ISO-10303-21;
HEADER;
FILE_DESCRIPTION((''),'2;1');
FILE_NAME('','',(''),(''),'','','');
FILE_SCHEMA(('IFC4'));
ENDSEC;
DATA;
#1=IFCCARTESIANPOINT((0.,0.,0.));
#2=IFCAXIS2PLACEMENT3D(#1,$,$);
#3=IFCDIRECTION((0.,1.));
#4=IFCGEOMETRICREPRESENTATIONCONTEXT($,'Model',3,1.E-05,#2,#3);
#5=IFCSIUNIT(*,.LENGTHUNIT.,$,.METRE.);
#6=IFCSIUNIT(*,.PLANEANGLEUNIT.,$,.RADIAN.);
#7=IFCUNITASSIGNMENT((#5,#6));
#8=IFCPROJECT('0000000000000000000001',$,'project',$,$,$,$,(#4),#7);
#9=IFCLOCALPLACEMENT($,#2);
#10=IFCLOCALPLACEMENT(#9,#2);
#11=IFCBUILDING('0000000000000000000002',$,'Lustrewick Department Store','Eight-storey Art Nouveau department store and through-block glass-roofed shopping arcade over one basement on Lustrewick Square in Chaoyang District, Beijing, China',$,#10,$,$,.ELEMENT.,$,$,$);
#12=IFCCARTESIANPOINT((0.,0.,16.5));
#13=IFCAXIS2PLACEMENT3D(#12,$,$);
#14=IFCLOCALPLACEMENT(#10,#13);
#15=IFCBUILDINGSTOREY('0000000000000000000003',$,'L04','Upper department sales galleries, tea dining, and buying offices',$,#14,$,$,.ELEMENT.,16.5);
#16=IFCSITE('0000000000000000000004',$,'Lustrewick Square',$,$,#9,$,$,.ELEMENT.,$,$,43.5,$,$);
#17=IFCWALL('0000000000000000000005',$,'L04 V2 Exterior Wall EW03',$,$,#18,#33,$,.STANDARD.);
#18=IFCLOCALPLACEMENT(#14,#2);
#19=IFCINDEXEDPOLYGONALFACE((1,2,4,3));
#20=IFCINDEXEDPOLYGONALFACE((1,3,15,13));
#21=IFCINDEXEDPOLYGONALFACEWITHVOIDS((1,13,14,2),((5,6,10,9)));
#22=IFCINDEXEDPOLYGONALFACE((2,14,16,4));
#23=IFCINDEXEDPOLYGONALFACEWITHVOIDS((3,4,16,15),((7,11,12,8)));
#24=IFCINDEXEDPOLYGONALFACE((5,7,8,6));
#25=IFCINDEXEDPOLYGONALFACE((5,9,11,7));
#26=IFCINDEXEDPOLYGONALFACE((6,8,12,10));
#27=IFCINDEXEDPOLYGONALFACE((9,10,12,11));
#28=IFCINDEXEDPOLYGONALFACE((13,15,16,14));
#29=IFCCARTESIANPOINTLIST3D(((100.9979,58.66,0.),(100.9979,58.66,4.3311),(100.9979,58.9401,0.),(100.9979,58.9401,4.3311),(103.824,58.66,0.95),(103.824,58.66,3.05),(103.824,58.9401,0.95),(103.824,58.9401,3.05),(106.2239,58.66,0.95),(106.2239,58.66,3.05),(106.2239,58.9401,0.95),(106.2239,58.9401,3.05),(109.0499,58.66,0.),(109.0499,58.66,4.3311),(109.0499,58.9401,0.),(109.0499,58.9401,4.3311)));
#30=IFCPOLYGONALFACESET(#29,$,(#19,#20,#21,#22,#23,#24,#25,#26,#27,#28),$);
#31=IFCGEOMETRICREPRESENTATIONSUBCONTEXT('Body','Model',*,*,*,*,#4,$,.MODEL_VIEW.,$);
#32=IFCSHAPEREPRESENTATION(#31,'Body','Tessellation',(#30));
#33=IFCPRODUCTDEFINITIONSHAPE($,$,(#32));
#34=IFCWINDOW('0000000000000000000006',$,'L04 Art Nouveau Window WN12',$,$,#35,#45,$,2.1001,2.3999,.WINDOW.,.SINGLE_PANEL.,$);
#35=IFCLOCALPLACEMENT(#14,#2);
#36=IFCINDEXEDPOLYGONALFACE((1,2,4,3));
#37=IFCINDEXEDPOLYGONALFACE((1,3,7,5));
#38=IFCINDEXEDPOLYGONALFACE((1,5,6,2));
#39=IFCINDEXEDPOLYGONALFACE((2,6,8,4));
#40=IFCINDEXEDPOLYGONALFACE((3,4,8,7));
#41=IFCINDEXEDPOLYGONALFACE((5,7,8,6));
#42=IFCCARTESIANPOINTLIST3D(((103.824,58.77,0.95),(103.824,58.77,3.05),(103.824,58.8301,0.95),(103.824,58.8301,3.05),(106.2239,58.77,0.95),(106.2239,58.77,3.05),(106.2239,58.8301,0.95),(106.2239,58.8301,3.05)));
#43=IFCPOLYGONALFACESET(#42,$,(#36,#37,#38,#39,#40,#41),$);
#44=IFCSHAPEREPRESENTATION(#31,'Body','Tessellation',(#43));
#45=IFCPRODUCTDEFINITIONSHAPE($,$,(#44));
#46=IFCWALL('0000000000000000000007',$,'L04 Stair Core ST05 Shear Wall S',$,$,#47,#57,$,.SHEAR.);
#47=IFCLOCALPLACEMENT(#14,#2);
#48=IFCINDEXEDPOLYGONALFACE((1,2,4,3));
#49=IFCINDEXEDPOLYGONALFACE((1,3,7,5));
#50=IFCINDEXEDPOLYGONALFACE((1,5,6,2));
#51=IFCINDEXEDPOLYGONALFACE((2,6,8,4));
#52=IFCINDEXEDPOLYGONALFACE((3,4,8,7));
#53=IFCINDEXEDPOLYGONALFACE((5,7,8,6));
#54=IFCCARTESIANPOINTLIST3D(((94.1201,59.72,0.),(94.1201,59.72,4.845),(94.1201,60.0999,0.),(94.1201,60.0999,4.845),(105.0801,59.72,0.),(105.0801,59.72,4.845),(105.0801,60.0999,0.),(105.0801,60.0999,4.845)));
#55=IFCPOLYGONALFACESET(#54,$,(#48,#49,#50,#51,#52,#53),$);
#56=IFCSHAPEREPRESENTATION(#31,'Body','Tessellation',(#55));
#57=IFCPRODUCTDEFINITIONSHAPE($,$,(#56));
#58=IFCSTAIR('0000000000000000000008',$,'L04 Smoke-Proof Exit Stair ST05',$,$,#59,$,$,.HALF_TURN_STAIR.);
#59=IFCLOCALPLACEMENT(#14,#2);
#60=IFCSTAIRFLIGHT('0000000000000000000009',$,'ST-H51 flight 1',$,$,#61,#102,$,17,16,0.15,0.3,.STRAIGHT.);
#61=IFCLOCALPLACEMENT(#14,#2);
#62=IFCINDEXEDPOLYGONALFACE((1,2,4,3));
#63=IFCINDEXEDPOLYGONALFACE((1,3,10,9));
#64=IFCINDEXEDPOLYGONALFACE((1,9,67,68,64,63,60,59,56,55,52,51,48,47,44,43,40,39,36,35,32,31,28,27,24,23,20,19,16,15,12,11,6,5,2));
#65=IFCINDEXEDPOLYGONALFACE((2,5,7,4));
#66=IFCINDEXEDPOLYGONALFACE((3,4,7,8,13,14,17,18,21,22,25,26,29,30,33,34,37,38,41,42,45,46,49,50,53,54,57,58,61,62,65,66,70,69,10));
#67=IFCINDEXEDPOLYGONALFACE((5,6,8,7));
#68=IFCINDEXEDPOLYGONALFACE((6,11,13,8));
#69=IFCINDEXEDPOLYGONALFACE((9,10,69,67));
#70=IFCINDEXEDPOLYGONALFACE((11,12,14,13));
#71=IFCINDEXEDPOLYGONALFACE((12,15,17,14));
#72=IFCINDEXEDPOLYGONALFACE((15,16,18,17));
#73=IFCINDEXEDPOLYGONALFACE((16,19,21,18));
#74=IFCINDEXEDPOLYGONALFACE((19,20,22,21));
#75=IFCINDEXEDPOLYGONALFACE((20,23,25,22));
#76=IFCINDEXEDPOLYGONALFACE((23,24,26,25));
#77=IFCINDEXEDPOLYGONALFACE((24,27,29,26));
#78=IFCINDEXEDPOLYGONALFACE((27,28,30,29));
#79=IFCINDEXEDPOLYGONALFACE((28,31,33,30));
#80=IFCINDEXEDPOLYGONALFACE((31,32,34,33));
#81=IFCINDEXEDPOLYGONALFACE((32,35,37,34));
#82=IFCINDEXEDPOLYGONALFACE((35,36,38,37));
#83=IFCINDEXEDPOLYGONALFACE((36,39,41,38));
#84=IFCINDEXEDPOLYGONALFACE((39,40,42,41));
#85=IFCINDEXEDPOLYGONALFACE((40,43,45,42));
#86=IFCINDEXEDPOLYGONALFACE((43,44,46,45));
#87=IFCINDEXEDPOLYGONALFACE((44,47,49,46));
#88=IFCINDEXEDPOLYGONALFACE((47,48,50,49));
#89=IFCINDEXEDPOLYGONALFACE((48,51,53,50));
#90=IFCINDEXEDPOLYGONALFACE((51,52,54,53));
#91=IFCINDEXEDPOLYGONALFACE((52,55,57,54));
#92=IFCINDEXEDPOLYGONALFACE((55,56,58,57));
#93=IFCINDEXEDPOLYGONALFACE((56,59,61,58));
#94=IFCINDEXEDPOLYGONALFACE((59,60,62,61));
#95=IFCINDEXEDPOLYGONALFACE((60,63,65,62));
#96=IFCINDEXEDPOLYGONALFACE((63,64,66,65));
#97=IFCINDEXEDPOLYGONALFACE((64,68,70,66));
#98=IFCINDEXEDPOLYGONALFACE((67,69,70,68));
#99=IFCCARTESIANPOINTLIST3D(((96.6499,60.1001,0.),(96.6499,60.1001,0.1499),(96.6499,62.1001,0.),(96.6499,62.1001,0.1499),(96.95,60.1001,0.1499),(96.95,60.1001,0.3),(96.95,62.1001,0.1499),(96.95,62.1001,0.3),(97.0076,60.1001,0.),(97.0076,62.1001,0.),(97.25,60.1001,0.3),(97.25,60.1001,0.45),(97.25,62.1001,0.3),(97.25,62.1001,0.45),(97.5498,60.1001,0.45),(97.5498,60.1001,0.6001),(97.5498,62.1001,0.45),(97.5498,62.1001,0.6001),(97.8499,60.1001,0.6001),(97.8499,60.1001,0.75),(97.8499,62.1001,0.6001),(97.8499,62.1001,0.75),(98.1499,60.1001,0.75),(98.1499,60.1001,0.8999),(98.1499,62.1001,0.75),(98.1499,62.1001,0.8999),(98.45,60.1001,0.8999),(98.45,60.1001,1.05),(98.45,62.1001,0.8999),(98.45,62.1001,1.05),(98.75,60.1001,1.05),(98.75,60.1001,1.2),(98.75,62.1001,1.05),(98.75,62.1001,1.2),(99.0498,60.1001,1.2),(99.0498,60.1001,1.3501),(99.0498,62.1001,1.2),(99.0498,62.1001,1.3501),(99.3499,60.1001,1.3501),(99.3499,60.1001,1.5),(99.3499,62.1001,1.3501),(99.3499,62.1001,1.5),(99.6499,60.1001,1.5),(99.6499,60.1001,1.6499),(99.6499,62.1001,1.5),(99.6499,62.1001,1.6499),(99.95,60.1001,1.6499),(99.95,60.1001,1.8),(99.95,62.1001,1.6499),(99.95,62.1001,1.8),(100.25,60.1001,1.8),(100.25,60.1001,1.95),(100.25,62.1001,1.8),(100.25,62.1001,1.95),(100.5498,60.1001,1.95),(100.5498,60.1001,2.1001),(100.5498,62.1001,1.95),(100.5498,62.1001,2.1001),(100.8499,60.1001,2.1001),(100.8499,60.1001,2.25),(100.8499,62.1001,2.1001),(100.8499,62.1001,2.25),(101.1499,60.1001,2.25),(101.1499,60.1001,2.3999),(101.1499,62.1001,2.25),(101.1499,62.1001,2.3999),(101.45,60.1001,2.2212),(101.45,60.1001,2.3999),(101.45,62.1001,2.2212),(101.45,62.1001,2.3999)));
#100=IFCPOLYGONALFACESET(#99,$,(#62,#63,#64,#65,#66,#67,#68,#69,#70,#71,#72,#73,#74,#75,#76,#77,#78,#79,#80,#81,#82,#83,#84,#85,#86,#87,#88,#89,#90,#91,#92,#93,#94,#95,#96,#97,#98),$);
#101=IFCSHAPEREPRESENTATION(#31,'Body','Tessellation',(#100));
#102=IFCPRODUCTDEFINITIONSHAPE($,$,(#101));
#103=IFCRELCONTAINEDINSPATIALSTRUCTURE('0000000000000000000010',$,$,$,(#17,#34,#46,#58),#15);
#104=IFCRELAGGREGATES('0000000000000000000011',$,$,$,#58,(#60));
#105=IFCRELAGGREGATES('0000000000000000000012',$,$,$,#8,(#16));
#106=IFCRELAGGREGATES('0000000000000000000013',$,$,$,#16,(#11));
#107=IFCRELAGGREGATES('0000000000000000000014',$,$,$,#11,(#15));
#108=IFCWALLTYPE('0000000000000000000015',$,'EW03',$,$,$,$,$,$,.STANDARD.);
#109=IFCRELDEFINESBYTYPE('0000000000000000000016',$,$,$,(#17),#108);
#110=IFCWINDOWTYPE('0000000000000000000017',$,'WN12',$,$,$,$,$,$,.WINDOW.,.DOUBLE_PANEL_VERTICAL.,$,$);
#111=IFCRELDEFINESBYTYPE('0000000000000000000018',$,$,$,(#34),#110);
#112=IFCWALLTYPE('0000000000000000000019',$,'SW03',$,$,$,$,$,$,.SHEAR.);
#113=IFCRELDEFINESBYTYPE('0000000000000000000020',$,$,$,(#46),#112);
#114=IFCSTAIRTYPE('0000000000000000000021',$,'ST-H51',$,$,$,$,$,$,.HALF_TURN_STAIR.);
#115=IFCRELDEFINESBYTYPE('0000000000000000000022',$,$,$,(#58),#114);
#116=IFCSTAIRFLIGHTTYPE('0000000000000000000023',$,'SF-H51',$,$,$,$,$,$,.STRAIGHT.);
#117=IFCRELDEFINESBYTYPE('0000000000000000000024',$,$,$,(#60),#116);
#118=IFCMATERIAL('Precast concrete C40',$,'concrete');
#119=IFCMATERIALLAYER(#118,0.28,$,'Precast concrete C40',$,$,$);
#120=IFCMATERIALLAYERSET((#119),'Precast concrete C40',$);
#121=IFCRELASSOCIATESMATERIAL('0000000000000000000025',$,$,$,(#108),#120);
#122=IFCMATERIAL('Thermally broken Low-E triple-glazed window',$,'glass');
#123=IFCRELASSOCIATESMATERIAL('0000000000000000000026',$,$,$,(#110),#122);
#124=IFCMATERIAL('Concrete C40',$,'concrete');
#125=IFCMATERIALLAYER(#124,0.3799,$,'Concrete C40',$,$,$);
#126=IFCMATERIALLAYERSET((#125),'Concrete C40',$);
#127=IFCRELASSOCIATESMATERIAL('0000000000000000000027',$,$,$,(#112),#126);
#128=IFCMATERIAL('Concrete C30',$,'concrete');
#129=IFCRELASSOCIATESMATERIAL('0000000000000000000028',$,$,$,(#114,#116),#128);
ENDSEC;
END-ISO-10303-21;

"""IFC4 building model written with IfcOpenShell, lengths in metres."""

from ifc_helpers import new_model, si_unit, direction, frame, frame_2d, origin, place, context, subcontext, project, spatial, polyline, rectangle, outline, extrude, material, layer, layer_set, type_object, element, fill, aggregate, save


model = new_model("IFC4")

# Units and contexts
model_context = context("Model", 3, precision=1e-05, world=origin(), true_north=direction((0.0, 1.0)))
body_context = subcontext(model_context, "Body", "Model", "MODEL_VIEW")
ifc_project = project(units=[si_unit("LENGTHUNIT", "METRE"), si_unit("PLANEANGLEUNIT", "RADIAN")], contexts=[model_context])

# Site, building, storey
site_placement = place(None, origin())
site = spatial("IfcSite", under=ifc_project, at=site_placement, Name="Lustrewick Square", CompositionType="ELEMENT", RefElevation=43.5)
building_placement = place(site_placement, origin())
building = spatial("IfcBuilding", under=site, at=building_placement, Name="Lustrewick Department Store", Description="Eight-storey Art Nouveau department store and through-block glass-roofed shopping arcade over one basement on Lustrewick Square in Chaoyang District, Beijing, China", CompositionType="ELEMENT")
storey_placement = place(building_placement, frame((0.0, 0.0, 16.5)))
storey = spatial("IfcBuildingStorey", under=building, at=storey_placement, Name="L04", Description="Upper department sales galleries, tea dining, and buying offices", CompositionType="ELEMENT", Elevation=16.5)

# Wall, opening, window
ifc_material_1 = material(Name="Precast concrete C40", Category="concrete")
ifc_layer_1 = layer(ifc_material_1, 0.28, Name="Precast concrete C40")
ifc_layer_set_1 = layer_set([ifc_layer_1], Name="Precast concrete C40")
wall_type_1 = type_object("IfcWallType", Name="EW03", PredefinedType="STANDARD", material=ifc_layer_set_1)
ifc_material_2 = material(Name="Thermally broken Low-E triple-glazed window", Category="glass")
wall_1_placement = place(storey_placement, frame((100.998, 58.8, 0.0), z_axis=(0.0, 0.0, 1.0), x_axis=(1.0, 0.0, 0.0)))
wall_1 = element("IfcWall", 1, at=wall_1_placement, inside=storey, type_object=wall_type_1, Name="L04 V2 Exterior Wall EW03", PredefinedType="STANDARD", context=body_context, shape_type="SweptSolid", body=[
    extrude(rectangle(XDim=8.052, YDim=0.28, at=frame_2d((4.0259, 0.0))), origin(), (0.0, 0.0, 1.0), 4.3311),
])
opening_1_placement = place(wall_1_placement, frame((2.8259, 0.0, 0.95)))
opening_1 = element("IfcOpeningElement", 2, at=opening_1_placement, cuts=wall_1, PredefinedType="OPENING", context=body_context, shape_type="SweptSolid", body=[
    extrude(rectangle(XDim=2.3999, YDim=2.1001, at=frame_2d((1.2, 1.05))), frame((0.0, 0.1499, 0.0), z_axis=(0.0, -1.0, 0.0), x_axis=(1.0, 0.0, 0.0)), (0.0, 0.0, 1.0), 0.3),
])
window_type_1 = type_object("IfcWindowType", Name="WN12", PartitioningType="DOUBLE_PANEL_VERTICAL", PredefinedType="WINDOW", material=ifc_material_2)
window_1_placement = place(opening_1_placement, origin())
window_1 = element("IfcWindow", 3, at=window_1_placement, inside=storey, type_object=window_type_1, Name="L04 Art Nouveau Window WN12", OverallHeight=2.1001, OverallWidth=2.3999, PartitioningType="SINGLE_PANEL", PredefinedType="WINDOW", context=body_context, shape_type="SweptSolid", body=[
    extrude(rectangle(XDim=2.3999, YDim=2.1001, at=frame_2d((1.2, 1.05))), frame((0.0, 0.03, 0.0), z_axis=(0.0, -1.0, 0.0), x_axis=(1.0, 0.0, 0.0)), (0.0, 0.0, 1.0), 0.0601),
])
fill(opening_1, window_1)

# Wall
ifc_material_3 = material(Name="Concrete C40", Category="concrete")
ifc_layer_2 = layer(ifc_material_3, 0.3799, Name="Concrete C40")
ifc_layer_set_2 = layer_set([ifc_layer_2], Name="Concrete C40")
wall_type_2 = type_object("IfcWallType", Name="SW03", PredefinedType="SHEAR", material=ifc_layer_set_2)
wall_2_placement = place(storey_placement, frame((94.1201, 59.9099, 0.0), z_axis=(0.0, 0.0, 1.0), x_axis=(1.0, 0.0, 0.0)))
element("IfcWall", 4, at=wall_2_placement, inside=storey, type_object=wall_type_2, Name="L04 Stair Core ST05 Shear Wall S", PredefinedType="SHEAR", context=body_context, shape_type="SweptSolid", body=[
    extrude(rectangle(XDim=10.96, YDim=0.3799, at=frame_2d((5.48, 0.0))), origin(), (0.0, 0.0, 1.0), 4.845),
])

# Stair, stair flight
ifc_material_4 = material(Name="Concrete C30", Category="concrete")
stair_type = type_object("IfcStairType", Name="ST-H51", PredefinedType="HALF_TURN_STAIR", material=ifc_material_4)
stair_placement = place(storey_placement, origin())
stair = element("IfcStair", 5, at=stair_placement, inside=storey, type_object=stair_type, Name="L04 Smoke-Proof Exit Stair ST05", PredefinedType="HALF_TURN_STAIR")
stair_flight_type = type_object("IfcStairFlightType", Name="SF-H51", PredefinedType="STRAIGHT", material=ifc_material_4)
stair_flight_placement = place(storey_placement, frame((96.6499, 61.1001, 0.0), z_axis=(0.0, 0.0, 1.0), x_axis=(1.0, 0.0, 0.0)))
stair_flight = element("IfcStairFlight", 6, at=stair_flight_placement, type_object=stair_flight_type, Name="ST-H51 flight 1", NumberOfRisers=17, NumberOfTreads=16, PredefinedType="STRAIGHT", RiserHeight=0.15, TreadLength=0.3, context=body_context, shape_type="SweptSolid", body=[
    extrude(outline(polyline([(0.0, 0.0), (0.0, 0.1499), (0.3, 0.1499), (0.3, 0.3), (0.6001, 0.3), (0.6001, 0.45), (0.8999, 0.45), (0.8999, 0.6001), (1.2, 0.6001), (1.2, 0.75), (1.5, 0.75), (1.5, 0.8999), (1.8, 0.8999), (1.8, 1.05), (2.1001, 1.05), (2.1001, 1.2), (2.3999, 1.2), (2.3999, 1.3501), (2.7, 1.3501), (2.7, 1.5), (3.0, 1.5), (3.0, 1.6499), (3.3, 1.6499), (3.3, 1.8), (3.6001, 1.8), (3.6001, 1.95), (3.8999, 1.95), (3.8999, 2.1001), (4.2, 2.1001), (4.2, 2.25), (4.5, 2.25), (4.5, 2.3999), (4.8, 2.3999), (4.8, 2.55), (4.8, 2.2212), (0.3577, 0.0), (0.0, 0.0)])), frame((0.0, 1.0, 0.0), z_axis=(0.0, -1.0, 0.0), x_axis=(1.0, 0.0, 0.0)), (0.0, 0.0, 1.0), 2.0),
])
aggregate(stair, [stair_flight])

save(model, "model.ifc")
